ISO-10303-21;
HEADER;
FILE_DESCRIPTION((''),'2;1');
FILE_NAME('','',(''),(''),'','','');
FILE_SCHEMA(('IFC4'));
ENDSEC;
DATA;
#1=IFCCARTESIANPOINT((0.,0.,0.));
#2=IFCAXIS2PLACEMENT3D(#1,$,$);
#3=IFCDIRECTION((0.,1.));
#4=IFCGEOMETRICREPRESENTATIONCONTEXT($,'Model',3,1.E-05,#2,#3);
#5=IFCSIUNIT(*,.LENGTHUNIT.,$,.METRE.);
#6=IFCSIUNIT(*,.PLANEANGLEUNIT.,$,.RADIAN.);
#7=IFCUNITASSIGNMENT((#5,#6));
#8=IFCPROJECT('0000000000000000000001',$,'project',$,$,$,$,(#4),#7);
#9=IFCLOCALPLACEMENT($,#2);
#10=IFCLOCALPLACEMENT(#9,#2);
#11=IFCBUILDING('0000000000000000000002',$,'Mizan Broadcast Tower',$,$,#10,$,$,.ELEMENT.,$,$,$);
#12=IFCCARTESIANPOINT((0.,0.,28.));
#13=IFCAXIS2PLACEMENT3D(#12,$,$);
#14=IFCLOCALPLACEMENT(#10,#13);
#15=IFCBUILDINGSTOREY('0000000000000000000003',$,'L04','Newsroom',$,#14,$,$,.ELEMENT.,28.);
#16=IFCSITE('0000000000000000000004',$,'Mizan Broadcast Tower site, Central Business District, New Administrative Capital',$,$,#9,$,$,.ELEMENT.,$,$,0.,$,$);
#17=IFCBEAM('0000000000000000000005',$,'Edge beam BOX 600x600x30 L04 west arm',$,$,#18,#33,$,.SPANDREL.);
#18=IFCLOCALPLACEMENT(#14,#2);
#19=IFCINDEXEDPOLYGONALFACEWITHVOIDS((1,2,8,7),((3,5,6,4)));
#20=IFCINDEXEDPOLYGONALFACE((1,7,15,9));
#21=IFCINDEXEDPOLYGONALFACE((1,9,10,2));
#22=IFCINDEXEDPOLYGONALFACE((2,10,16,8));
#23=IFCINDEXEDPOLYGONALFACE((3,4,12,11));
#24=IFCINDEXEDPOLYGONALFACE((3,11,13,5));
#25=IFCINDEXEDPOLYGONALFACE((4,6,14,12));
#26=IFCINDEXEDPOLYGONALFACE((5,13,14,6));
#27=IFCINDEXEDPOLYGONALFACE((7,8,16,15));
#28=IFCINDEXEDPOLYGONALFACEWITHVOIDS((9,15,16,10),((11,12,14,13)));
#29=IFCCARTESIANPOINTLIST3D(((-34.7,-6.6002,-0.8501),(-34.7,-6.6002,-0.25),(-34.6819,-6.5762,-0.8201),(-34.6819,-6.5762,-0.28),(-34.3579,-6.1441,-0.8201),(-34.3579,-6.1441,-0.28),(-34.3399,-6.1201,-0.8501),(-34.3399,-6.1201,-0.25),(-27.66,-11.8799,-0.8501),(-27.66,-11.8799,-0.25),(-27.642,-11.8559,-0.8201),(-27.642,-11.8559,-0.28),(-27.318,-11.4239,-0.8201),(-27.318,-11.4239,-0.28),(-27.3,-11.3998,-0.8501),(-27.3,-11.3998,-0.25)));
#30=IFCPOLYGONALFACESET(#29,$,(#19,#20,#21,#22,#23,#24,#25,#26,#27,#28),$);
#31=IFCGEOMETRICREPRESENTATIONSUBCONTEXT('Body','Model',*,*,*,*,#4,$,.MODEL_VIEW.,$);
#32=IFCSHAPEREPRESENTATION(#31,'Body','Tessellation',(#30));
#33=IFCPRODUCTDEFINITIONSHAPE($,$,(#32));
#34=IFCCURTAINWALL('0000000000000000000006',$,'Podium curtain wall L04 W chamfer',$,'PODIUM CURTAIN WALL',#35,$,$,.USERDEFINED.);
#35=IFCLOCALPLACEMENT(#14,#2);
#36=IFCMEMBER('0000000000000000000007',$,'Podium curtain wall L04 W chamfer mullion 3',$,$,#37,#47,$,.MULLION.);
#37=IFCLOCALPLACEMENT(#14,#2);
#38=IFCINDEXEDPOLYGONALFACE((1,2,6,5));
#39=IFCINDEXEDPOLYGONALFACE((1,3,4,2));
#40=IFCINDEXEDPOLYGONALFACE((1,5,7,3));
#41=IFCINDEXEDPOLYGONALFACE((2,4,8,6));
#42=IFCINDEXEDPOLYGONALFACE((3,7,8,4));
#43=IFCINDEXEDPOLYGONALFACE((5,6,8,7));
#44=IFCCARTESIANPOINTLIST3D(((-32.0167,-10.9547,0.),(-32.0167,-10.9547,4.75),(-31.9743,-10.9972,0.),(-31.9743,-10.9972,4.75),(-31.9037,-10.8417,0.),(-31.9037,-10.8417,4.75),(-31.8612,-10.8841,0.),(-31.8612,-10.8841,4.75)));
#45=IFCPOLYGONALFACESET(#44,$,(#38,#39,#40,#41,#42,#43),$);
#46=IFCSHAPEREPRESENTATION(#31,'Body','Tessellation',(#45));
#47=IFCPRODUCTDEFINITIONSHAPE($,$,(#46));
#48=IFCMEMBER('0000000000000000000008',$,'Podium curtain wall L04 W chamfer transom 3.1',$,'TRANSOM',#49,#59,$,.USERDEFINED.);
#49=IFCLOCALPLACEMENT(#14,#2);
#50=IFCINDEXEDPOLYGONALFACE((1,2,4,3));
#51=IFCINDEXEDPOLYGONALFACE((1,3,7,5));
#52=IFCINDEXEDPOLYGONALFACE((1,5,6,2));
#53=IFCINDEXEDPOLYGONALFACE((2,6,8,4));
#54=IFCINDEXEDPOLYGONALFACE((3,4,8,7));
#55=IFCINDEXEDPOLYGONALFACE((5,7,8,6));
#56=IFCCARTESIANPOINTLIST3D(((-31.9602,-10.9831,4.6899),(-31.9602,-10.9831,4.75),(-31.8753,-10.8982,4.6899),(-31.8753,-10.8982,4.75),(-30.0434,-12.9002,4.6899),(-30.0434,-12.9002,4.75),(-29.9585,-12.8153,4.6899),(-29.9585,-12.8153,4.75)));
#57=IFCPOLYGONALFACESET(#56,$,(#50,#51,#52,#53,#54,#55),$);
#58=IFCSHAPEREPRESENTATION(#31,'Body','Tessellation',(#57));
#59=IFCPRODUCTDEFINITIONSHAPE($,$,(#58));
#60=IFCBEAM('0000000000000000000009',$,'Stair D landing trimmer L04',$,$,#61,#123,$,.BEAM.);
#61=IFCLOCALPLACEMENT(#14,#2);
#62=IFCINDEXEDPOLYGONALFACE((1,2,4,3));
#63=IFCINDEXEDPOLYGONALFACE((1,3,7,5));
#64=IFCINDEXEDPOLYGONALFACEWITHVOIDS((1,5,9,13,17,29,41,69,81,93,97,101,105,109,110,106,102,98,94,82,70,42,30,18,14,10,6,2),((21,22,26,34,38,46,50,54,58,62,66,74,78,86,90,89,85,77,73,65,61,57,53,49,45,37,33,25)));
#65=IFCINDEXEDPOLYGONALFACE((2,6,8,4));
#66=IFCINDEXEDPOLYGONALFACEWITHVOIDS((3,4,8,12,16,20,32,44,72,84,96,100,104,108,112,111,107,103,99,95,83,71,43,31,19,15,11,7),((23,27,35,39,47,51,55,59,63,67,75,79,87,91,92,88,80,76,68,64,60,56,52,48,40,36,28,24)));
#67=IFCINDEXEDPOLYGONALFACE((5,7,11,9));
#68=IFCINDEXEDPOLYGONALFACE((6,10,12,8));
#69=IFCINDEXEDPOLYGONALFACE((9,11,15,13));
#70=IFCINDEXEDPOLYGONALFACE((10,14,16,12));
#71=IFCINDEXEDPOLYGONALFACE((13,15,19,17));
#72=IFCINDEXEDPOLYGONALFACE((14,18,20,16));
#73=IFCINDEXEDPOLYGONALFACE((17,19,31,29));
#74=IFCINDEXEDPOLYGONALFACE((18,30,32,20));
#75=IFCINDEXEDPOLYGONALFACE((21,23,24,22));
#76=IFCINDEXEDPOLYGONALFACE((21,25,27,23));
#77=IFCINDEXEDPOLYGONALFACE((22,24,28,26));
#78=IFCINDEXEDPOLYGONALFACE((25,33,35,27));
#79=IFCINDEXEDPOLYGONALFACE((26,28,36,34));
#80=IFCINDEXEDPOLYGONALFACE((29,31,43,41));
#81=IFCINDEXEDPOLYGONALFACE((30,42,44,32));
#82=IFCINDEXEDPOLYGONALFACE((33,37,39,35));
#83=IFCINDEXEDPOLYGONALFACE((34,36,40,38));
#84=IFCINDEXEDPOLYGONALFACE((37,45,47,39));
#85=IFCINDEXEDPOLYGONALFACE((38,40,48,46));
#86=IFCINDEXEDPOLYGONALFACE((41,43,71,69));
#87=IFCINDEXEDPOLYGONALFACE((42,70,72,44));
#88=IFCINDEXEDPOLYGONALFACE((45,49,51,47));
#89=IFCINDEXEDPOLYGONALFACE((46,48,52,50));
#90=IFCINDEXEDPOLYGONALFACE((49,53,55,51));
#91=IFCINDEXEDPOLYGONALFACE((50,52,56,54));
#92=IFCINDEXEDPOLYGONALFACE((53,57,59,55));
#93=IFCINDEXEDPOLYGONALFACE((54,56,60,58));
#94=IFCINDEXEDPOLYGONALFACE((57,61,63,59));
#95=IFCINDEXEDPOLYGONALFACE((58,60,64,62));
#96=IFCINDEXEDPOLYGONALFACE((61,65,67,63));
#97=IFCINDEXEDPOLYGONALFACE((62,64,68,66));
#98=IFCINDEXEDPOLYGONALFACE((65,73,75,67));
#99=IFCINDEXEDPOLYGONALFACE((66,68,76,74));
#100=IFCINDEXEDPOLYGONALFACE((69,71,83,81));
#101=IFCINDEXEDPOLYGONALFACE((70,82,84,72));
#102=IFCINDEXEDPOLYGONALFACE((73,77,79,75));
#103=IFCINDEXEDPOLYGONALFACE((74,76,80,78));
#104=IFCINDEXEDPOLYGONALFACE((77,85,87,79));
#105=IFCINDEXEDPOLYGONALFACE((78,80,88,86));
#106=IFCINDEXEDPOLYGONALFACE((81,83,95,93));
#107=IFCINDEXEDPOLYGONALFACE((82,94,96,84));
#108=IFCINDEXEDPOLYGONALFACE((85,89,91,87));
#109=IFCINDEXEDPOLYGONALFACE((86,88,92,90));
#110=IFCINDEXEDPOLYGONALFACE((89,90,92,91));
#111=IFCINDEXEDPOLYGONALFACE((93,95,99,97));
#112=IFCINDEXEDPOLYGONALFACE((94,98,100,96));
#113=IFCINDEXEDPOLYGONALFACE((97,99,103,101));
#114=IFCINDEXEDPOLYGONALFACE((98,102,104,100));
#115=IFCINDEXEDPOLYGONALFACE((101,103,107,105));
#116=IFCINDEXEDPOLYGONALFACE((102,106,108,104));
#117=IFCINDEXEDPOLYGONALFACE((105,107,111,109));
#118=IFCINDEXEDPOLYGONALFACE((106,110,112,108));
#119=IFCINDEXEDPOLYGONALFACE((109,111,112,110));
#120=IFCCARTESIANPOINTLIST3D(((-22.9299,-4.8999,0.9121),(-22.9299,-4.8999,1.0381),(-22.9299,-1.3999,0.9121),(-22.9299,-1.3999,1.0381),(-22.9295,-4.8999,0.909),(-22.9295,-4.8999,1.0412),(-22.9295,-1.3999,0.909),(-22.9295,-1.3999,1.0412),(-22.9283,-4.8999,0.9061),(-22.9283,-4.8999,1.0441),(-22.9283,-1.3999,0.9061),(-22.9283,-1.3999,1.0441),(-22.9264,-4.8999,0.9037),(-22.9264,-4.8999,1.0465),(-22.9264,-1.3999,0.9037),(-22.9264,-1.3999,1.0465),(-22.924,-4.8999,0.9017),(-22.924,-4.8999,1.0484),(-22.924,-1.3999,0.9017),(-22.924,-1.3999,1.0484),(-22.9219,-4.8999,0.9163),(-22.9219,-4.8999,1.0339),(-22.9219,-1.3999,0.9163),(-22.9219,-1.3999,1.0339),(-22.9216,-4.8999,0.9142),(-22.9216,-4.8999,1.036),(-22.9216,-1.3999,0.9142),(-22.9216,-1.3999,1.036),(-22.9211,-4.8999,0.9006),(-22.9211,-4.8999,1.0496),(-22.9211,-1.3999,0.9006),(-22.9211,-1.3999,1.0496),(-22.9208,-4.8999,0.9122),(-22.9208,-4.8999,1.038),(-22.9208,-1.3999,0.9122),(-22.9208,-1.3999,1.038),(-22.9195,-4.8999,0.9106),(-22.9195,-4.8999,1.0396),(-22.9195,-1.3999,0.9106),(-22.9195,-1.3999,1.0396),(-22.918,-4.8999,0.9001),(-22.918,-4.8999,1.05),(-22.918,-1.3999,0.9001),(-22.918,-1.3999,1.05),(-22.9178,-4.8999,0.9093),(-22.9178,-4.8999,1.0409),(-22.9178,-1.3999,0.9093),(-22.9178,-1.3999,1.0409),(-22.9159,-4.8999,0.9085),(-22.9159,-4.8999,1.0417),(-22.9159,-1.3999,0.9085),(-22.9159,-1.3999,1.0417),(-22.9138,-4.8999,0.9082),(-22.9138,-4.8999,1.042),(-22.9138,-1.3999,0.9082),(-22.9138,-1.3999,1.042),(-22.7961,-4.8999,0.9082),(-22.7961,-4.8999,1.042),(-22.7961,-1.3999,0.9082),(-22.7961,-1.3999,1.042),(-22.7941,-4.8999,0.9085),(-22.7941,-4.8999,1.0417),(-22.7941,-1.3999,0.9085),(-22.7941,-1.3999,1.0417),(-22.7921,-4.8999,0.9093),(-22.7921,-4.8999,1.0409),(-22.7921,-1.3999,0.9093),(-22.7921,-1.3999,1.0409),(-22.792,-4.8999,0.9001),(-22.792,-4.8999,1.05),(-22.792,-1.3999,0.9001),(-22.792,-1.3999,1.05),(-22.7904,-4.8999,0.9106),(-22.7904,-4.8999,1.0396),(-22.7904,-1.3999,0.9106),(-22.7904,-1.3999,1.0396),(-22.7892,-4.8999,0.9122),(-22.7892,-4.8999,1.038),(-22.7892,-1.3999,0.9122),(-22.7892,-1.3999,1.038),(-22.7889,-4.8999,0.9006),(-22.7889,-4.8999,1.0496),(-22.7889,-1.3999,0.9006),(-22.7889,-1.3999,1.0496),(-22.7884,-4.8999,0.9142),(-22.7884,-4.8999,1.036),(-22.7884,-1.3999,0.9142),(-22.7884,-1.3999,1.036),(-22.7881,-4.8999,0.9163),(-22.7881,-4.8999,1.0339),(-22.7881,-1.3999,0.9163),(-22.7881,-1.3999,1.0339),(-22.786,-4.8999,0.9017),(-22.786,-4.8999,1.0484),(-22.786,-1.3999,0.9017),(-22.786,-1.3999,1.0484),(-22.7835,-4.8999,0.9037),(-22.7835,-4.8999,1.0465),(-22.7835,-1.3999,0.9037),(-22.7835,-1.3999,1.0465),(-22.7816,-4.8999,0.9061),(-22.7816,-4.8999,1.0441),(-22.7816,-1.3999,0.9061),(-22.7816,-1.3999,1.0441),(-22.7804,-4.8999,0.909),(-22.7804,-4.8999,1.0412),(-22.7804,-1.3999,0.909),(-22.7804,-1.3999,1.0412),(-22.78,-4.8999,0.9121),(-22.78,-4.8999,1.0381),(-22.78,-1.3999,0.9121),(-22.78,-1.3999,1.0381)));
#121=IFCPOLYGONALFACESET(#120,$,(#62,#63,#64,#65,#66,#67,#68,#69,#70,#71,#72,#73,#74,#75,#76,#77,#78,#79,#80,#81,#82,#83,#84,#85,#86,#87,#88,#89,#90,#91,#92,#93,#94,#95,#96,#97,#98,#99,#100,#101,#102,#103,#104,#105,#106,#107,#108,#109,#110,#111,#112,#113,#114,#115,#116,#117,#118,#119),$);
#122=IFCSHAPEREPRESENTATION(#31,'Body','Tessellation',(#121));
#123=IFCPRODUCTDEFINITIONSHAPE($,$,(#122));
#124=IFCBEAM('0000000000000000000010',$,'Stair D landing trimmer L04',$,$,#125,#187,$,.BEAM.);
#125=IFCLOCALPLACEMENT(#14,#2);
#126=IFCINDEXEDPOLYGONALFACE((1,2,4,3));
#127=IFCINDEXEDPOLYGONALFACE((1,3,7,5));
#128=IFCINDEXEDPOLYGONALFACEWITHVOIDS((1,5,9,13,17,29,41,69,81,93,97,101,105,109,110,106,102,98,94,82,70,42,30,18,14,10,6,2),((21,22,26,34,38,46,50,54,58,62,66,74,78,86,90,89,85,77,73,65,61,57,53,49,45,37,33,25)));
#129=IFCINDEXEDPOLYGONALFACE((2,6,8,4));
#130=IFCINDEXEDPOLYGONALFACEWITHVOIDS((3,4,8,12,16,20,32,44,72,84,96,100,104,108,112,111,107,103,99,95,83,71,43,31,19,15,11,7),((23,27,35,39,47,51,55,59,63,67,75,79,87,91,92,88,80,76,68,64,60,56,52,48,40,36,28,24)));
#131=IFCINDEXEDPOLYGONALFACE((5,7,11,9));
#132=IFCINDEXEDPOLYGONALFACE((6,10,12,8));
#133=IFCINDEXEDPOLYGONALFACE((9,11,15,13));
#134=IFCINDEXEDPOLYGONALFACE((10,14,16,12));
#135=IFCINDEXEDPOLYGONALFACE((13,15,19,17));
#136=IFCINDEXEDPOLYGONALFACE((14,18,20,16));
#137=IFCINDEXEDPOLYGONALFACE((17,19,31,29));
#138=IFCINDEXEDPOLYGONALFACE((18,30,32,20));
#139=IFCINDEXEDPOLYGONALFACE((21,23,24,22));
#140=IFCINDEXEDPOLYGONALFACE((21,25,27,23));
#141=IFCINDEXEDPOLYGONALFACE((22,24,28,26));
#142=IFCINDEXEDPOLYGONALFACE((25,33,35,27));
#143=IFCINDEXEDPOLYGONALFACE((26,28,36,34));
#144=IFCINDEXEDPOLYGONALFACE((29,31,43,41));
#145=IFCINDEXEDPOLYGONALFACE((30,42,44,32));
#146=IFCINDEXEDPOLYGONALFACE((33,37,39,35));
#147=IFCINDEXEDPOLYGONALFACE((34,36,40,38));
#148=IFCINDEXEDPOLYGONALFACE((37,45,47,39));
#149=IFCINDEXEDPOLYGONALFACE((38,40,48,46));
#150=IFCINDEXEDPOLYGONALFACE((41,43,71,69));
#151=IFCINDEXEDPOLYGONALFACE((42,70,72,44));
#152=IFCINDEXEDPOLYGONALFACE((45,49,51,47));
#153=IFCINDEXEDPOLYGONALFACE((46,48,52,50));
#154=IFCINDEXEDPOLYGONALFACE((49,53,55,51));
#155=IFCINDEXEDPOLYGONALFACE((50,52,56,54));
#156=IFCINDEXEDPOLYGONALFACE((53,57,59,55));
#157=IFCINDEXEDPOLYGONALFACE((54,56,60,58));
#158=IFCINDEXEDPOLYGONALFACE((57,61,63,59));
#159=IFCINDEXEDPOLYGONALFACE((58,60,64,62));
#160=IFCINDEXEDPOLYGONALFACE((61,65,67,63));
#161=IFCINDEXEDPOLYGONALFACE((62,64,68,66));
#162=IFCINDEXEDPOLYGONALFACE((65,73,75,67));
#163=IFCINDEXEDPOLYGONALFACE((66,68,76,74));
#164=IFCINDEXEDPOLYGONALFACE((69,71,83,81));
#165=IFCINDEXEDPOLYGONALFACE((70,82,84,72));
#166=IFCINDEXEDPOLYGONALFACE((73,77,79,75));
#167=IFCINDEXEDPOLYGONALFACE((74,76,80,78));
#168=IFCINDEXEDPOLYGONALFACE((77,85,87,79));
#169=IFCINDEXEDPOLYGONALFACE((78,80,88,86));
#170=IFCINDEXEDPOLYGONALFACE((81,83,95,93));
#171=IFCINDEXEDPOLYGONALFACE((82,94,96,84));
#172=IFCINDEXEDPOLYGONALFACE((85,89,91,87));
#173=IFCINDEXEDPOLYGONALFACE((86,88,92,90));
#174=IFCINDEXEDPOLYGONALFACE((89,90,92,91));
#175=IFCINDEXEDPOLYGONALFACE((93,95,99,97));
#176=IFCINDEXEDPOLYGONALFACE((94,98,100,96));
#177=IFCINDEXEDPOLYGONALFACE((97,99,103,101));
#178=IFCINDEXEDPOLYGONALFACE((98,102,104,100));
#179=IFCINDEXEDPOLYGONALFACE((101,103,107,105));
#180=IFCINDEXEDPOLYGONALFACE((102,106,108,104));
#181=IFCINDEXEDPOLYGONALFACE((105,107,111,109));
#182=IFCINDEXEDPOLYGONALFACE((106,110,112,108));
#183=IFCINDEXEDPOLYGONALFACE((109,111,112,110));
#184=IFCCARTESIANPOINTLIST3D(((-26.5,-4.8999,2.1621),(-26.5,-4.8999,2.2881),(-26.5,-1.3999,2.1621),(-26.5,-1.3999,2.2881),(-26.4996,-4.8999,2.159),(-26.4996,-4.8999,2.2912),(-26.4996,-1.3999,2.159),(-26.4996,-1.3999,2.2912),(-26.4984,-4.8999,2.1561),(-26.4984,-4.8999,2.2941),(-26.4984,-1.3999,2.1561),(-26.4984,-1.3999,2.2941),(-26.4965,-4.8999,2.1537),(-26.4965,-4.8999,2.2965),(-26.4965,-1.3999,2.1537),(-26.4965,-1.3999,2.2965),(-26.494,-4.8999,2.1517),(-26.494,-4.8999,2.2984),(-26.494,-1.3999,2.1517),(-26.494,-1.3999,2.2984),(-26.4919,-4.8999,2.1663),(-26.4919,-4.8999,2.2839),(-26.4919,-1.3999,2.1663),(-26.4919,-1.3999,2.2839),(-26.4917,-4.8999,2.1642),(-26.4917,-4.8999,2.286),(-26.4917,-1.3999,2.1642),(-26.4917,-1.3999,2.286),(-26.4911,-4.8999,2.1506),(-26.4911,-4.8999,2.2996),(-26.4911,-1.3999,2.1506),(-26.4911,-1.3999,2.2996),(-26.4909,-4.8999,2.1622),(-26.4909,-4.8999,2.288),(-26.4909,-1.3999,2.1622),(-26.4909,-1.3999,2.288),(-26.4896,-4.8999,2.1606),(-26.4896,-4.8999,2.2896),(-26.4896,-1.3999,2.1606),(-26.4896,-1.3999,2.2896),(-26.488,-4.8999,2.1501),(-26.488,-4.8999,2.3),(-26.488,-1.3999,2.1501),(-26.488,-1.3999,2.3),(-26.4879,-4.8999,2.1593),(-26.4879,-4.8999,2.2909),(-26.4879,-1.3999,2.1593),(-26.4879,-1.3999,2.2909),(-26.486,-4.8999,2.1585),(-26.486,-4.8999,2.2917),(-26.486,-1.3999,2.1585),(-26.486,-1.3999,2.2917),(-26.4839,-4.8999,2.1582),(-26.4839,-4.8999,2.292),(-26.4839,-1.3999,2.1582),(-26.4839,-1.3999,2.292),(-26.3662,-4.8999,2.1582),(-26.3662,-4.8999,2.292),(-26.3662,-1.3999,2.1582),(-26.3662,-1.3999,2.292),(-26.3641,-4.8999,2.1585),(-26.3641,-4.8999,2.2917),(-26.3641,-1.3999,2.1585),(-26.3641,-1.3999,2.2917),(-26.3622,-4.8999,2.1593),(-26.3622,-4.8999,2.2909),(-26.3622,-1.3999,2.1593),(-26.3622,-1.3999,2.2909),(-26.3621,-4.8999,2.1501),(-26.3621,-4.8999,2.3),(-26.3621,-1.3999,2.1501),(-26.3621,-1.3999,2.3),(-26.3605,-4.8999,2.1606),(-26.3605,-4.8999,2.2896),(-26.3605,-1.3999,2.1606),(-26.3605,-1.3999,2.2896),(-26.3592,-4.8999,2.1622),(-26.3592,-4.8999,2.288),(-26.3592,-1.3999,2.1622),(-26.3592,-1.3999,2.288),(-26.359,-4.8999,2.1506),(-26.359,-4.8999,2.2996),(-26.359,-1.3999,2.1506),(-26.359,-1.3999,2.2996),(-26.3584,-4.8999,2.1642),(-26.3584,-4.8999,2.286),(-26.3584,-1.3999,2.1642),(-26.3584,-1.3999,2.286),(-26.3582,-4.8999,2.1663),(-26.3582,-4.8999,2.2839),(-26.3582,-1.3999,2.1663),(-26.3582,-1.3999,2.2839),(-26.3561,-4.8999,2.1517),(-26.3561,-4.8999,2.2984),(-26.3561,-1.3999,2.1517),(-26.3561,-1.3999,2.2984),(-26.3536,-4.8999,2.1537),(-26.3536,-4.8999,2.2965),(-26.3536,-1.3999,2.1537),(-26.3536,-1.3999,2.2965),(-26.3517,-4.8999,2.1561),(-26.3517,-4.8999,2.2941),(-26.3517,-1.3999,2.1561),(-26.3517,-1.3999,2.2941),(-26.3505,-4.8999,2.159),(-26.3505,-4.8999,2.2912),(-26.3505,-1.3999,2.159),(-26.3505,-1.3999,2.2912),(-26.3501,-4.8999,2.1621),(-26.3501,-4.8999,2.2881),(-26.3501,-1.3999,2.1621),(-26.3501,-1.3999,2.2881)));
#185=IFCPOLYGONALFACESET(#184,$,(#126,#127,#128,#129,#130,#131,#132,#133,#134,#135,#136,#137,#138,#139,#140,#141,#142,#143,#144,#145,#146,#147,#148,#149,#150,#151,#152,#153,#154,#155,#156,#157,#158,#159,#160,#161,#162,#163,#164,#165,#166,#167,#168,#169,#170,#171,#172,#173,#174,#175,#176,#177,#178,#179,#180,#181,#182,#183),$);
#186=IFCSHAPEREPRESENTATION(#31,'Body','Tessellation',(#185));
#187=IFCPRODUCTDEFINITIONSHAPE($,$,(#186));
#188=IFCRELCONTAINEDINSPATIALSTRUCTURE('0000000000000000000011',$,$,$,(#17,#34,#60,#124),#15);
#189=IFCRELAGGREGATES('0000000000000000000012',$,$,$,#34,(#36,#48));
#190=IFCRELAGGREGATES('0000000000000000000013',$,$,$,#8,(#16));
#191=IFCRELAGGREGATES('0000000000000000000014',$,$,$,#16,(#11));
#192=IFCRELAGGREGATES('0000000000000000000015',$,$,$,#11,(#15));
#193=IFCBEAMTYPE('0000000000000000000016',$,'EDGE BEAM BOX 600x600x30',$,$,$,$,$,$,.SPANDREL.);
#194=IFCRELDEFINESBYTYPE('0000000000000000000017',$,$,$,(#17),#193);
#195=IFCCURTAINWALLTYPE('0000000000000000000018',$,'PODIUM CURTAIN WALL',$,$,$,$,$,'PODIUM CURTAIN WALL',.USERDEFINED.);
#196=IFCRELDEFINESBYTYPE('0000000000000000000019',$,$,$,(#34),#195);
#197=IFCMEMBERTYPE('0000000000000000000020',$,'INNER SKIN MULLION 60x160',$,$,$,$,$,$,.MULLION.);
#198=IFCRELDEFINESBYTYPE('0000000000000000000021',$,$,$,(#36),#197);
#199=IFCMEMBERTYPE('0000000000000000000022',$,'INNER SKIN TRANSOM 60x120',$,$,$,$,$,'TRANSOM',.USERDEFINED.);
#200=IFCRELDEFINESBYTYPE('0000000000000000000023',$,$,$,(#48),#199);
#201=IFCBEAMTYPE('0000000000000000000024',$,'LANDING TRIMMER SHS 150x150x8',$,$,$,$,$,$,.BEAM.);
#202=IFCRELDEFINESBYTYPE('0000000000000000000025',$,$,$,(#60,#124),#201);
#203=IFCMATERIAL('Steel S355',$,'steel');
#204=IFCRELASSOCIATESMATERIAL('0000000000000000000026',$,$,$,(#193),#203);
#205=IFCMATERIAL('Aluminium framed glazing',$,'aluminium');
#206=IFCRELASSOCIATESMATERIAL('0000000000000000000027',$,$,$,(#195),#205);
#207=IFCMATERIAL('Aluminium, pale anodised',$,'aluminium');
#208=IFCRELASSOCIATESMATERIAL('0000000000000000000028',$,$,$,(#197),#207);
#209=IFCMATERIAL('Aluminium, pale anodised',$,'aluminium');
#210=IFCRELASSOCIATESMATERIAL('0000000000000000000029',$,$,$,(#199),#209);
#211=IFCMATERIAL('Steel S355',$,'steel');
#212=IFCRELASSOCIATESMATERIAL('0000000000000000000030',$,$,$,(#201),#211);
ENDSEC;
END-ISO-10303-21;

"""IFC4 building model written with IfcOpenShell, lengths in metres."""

from ifc_helpers import new_model, si_unit, direction, frame, origin, origin_2d, place, context, subcontext, project, spatial, rectangle, hollow_rectangle, extrude, material, material_profile, profile_set, type_object, element, aggregate, save


model = new_model("IFC4")

# Units and contexts
model_context = context("Model", 3, precision=1e-05, world=origin(), true_north=direction((0.0, 1.0)))
body_context = subcontext(model_context, "Body", "Model", "MODEL_VIEW")
ifc_project = project(units=[si_unit("LENGTHUNIT", "METRE"), si_unit("PLANEANGLEUNIT", "RADIAN")], contexts=[model_context])

# Site, building, storey
site_placement = place(None, origin())
site = spatial("IfcSite", under=ifc_project, at=site_placement, Name="Mizan Broadcast Tower site, Central Business District, New Administrative Capital", CompositionType="ELEMENT", RefElevation=0.0)
building_placement = place(site_placement, origin())
building = spatial("IfcBuilding", under=site, at=building_placement, Name="Mizan Broadcast Tower", CompositionType="ELEMENT")
storey_placement = place(building_placement, frame((0.0, 0.0, 28.0)))
storey = spatial("IfcBuildingStorey", under=building, at=storey_placement, Name="L04", Description="Newsroom", CompositionType="ELEMENT", Elevation=28.0)

# Beam
ifc_material_1 = material(Name="Steel S355", Category="steel")
ifc_material_profile_1 = material_profile(ifc_material_1, hollow_rectangle(XDim=0.6001, YDim=0.6001, WallThickness=0.03, at=origin_2d()), Name="BOX 600x600x30")
ifc_profile_set_1 = profile_set([ifc_material_profile_1], Name="Steel S355")
beam_type_1 = type_object("IfcBeamType", Name="EDGE BEAM BOX 600x600x30", PredefinedType="SPANDREL", material=ifc_profile_set_1)
beam_1_placement = place(storey_placement, frame((-27.48, -11.6399, -0.55), z_axis=(-0.800013, 0.599982, 0.0), x_axis=(-0.599982, -0.800013, 0.0)))
element("IfcBeam", 1, at=beam_1_placement, inside=storey, type_object=beam_type_1, Name="Edge beam BOX 600x600x30 L04 west arm", PredefinedType="SPANDREL", context=body_context, shape_type="SweptSolid", body=[
    extrude(hollow_rectangle(XDim=0.6001, YDim=0.6001, WallThickness=0.03, at=origin_2d()), origin(), (0.0, 0.0, 1.0), 8.7998),
])

# Curtain wall, members
ifc_material_2 = material(Name="Aluminium framed glazing", Category="aluminium")
curtain_wall_type = type_object("IfcCurtainWallType", Name="PODIUM CURTAIN WALL", ElementType="PODIUM CURTAIN WALL", PredefinedType="USERDEFINED", material=ifc_material_2)
curtain_wall_placement = place(storey_placement, origin())
curtain_wall = element("IfcCurtainWall", 2, at=curtain_wall_placement, inside=storey, type_object=curtain_wall_type, Name="Podium curtain wall L04 W chamfer", ObjectType="PODIUM CURTAIN WALL", PredefinedType="USERDEFINED")
ifc_material_3 = material(Name="Aluminium, pale anodised", Category="aluminium")
ifc_material_profile_2 = material_profile(ifc_material_3, rectangle(XDim=0.1599, YDim=0.0601, at=origin_2d()), Name="MULLION 160x60")
ifc_profile_set_2 = profile_set([ifc_material_profile_2], Name="Aluminium, pale anodised")
member_type_1 = type_object("IfcMemberType", Name="INNER SKIN MULLION 60x160", PredefinedType="MULLION", material=ifc_profile_set_2)
member_1_placement = place(storey_placement, frame((-31.939, -10.9194, 0.0), z_axis=(0.0, 0.0, 1.0), x_axis=(0.707107, 0.707107, 0.0)))
member_1 = element("IfcMember", 3, at=member_1_placement, type_object=member_type_1, Name="Podium curtain wall L04 W chamfer mullion 3", PredefinedType="MULLION", context=body_context, shape_type="SweptSolid", body=[
    extrude(rectangle(XDim=0.1599, YDim=0.0601, at=origin_2d()), origin(), (0.0, 0.0, 1.0), 4.75),
])
ifc_material_4 = material(Name="Aluminium, pale anodised", Category="aluminium")
ifc_material_profile_3 = material_profile(ifc_material_4, rectangle(XDim=0.1201, YDim=0.0601, at=origin_2d()), Name="TRANSOM 120x60")
ifc_profile_set_3 = profile_set([ifc_material_profile_3], Name="Aluminium, pale anodised")
member_type_2 = type_object("IfcMemberType", Name="INNER SKIN TRANSOM 60x120", ElementType="TRANSOM", PredefinedType="USERDEFINED", material=ifc_profile_set_3)
member_2_placement = place(storey_placement, frame((-31.9177, -10.9407, 4.72), z_axis=(0.707062, -0.707152, 0.0), x_axis=(0.707152, 0.707062, 0.0)))
member_2 = element("IfcMember", 4, at=member_2_placement, type_object=member_type_2, Name="Podium curtain wall L04 W chamfer transom 3.1", ObjectType="TRANSOM", PredefinedType="USERDEFINED", context=body_context, shape_type="SweptSolid", body=[
    extrude(rectangle(XDim=0.1201, YDim=0.0601, at=origin_2d()), origin(), (0.0, 0.0, 1.0), 2.7109),
])

# Beams
ifc_material_5 = material(Name="Steel S355", Category="steel")
ifc_material_profile_4 = material_profile(ifc_material_5, hollow_rectangle(XDim=0.1499, YDim=0.1499, WallThickness=0.0081, InnerFilletRadius=0.0081, OuterFilletRadius=0.012, at=origin_2d()), Name="SHS 150x150x8")
ifc_profile_set_4 = profile_set([ifc_material_profile_4], Name="Steel S355")
beam_type_2 = type_object("IfcBeamType", Name="LANDING TRIMMER SHS 150x150x8", PredefinedType="BEAM", material=ifc_profile_set_4)
for number, where, z_axis, x_axis, name in (
    (5, (-22.855, -1.3999, 0.9751), (0.0, -1.0, 0.0), (1.0, 0.0, 0.0), "Stair D landing trimmer L04"),
    (6, (-26.425, -1.3999, 2.2251), (0.0, -1.0, 0.0), (1.0, 0.0, 0.0), "Stair D landing trimmer L04"),
):
    element("IfcBeam", number, at=place(storey_placement, frame(where, z_axis=z_axis, x_axis=x_axis)), inside=storey, type_object=beam_type_2, Name=name, PredefinedType="BEAM", context=body_context, shape_type="SweptSolid", body=[
        extrude(hollow_rectangle(XDim=0.1499, YDim=0.1499, WallThickness=0.0081, InnerFilletRadius=0.0081, OuterFilletRadius=0.012, at=origin_2d()), origin(), (0.0, 0.0, 1.0), 3.5),
    ])

aggregate(curtain_wall, [member_1, member_2])

save(model, "model.ifc")
